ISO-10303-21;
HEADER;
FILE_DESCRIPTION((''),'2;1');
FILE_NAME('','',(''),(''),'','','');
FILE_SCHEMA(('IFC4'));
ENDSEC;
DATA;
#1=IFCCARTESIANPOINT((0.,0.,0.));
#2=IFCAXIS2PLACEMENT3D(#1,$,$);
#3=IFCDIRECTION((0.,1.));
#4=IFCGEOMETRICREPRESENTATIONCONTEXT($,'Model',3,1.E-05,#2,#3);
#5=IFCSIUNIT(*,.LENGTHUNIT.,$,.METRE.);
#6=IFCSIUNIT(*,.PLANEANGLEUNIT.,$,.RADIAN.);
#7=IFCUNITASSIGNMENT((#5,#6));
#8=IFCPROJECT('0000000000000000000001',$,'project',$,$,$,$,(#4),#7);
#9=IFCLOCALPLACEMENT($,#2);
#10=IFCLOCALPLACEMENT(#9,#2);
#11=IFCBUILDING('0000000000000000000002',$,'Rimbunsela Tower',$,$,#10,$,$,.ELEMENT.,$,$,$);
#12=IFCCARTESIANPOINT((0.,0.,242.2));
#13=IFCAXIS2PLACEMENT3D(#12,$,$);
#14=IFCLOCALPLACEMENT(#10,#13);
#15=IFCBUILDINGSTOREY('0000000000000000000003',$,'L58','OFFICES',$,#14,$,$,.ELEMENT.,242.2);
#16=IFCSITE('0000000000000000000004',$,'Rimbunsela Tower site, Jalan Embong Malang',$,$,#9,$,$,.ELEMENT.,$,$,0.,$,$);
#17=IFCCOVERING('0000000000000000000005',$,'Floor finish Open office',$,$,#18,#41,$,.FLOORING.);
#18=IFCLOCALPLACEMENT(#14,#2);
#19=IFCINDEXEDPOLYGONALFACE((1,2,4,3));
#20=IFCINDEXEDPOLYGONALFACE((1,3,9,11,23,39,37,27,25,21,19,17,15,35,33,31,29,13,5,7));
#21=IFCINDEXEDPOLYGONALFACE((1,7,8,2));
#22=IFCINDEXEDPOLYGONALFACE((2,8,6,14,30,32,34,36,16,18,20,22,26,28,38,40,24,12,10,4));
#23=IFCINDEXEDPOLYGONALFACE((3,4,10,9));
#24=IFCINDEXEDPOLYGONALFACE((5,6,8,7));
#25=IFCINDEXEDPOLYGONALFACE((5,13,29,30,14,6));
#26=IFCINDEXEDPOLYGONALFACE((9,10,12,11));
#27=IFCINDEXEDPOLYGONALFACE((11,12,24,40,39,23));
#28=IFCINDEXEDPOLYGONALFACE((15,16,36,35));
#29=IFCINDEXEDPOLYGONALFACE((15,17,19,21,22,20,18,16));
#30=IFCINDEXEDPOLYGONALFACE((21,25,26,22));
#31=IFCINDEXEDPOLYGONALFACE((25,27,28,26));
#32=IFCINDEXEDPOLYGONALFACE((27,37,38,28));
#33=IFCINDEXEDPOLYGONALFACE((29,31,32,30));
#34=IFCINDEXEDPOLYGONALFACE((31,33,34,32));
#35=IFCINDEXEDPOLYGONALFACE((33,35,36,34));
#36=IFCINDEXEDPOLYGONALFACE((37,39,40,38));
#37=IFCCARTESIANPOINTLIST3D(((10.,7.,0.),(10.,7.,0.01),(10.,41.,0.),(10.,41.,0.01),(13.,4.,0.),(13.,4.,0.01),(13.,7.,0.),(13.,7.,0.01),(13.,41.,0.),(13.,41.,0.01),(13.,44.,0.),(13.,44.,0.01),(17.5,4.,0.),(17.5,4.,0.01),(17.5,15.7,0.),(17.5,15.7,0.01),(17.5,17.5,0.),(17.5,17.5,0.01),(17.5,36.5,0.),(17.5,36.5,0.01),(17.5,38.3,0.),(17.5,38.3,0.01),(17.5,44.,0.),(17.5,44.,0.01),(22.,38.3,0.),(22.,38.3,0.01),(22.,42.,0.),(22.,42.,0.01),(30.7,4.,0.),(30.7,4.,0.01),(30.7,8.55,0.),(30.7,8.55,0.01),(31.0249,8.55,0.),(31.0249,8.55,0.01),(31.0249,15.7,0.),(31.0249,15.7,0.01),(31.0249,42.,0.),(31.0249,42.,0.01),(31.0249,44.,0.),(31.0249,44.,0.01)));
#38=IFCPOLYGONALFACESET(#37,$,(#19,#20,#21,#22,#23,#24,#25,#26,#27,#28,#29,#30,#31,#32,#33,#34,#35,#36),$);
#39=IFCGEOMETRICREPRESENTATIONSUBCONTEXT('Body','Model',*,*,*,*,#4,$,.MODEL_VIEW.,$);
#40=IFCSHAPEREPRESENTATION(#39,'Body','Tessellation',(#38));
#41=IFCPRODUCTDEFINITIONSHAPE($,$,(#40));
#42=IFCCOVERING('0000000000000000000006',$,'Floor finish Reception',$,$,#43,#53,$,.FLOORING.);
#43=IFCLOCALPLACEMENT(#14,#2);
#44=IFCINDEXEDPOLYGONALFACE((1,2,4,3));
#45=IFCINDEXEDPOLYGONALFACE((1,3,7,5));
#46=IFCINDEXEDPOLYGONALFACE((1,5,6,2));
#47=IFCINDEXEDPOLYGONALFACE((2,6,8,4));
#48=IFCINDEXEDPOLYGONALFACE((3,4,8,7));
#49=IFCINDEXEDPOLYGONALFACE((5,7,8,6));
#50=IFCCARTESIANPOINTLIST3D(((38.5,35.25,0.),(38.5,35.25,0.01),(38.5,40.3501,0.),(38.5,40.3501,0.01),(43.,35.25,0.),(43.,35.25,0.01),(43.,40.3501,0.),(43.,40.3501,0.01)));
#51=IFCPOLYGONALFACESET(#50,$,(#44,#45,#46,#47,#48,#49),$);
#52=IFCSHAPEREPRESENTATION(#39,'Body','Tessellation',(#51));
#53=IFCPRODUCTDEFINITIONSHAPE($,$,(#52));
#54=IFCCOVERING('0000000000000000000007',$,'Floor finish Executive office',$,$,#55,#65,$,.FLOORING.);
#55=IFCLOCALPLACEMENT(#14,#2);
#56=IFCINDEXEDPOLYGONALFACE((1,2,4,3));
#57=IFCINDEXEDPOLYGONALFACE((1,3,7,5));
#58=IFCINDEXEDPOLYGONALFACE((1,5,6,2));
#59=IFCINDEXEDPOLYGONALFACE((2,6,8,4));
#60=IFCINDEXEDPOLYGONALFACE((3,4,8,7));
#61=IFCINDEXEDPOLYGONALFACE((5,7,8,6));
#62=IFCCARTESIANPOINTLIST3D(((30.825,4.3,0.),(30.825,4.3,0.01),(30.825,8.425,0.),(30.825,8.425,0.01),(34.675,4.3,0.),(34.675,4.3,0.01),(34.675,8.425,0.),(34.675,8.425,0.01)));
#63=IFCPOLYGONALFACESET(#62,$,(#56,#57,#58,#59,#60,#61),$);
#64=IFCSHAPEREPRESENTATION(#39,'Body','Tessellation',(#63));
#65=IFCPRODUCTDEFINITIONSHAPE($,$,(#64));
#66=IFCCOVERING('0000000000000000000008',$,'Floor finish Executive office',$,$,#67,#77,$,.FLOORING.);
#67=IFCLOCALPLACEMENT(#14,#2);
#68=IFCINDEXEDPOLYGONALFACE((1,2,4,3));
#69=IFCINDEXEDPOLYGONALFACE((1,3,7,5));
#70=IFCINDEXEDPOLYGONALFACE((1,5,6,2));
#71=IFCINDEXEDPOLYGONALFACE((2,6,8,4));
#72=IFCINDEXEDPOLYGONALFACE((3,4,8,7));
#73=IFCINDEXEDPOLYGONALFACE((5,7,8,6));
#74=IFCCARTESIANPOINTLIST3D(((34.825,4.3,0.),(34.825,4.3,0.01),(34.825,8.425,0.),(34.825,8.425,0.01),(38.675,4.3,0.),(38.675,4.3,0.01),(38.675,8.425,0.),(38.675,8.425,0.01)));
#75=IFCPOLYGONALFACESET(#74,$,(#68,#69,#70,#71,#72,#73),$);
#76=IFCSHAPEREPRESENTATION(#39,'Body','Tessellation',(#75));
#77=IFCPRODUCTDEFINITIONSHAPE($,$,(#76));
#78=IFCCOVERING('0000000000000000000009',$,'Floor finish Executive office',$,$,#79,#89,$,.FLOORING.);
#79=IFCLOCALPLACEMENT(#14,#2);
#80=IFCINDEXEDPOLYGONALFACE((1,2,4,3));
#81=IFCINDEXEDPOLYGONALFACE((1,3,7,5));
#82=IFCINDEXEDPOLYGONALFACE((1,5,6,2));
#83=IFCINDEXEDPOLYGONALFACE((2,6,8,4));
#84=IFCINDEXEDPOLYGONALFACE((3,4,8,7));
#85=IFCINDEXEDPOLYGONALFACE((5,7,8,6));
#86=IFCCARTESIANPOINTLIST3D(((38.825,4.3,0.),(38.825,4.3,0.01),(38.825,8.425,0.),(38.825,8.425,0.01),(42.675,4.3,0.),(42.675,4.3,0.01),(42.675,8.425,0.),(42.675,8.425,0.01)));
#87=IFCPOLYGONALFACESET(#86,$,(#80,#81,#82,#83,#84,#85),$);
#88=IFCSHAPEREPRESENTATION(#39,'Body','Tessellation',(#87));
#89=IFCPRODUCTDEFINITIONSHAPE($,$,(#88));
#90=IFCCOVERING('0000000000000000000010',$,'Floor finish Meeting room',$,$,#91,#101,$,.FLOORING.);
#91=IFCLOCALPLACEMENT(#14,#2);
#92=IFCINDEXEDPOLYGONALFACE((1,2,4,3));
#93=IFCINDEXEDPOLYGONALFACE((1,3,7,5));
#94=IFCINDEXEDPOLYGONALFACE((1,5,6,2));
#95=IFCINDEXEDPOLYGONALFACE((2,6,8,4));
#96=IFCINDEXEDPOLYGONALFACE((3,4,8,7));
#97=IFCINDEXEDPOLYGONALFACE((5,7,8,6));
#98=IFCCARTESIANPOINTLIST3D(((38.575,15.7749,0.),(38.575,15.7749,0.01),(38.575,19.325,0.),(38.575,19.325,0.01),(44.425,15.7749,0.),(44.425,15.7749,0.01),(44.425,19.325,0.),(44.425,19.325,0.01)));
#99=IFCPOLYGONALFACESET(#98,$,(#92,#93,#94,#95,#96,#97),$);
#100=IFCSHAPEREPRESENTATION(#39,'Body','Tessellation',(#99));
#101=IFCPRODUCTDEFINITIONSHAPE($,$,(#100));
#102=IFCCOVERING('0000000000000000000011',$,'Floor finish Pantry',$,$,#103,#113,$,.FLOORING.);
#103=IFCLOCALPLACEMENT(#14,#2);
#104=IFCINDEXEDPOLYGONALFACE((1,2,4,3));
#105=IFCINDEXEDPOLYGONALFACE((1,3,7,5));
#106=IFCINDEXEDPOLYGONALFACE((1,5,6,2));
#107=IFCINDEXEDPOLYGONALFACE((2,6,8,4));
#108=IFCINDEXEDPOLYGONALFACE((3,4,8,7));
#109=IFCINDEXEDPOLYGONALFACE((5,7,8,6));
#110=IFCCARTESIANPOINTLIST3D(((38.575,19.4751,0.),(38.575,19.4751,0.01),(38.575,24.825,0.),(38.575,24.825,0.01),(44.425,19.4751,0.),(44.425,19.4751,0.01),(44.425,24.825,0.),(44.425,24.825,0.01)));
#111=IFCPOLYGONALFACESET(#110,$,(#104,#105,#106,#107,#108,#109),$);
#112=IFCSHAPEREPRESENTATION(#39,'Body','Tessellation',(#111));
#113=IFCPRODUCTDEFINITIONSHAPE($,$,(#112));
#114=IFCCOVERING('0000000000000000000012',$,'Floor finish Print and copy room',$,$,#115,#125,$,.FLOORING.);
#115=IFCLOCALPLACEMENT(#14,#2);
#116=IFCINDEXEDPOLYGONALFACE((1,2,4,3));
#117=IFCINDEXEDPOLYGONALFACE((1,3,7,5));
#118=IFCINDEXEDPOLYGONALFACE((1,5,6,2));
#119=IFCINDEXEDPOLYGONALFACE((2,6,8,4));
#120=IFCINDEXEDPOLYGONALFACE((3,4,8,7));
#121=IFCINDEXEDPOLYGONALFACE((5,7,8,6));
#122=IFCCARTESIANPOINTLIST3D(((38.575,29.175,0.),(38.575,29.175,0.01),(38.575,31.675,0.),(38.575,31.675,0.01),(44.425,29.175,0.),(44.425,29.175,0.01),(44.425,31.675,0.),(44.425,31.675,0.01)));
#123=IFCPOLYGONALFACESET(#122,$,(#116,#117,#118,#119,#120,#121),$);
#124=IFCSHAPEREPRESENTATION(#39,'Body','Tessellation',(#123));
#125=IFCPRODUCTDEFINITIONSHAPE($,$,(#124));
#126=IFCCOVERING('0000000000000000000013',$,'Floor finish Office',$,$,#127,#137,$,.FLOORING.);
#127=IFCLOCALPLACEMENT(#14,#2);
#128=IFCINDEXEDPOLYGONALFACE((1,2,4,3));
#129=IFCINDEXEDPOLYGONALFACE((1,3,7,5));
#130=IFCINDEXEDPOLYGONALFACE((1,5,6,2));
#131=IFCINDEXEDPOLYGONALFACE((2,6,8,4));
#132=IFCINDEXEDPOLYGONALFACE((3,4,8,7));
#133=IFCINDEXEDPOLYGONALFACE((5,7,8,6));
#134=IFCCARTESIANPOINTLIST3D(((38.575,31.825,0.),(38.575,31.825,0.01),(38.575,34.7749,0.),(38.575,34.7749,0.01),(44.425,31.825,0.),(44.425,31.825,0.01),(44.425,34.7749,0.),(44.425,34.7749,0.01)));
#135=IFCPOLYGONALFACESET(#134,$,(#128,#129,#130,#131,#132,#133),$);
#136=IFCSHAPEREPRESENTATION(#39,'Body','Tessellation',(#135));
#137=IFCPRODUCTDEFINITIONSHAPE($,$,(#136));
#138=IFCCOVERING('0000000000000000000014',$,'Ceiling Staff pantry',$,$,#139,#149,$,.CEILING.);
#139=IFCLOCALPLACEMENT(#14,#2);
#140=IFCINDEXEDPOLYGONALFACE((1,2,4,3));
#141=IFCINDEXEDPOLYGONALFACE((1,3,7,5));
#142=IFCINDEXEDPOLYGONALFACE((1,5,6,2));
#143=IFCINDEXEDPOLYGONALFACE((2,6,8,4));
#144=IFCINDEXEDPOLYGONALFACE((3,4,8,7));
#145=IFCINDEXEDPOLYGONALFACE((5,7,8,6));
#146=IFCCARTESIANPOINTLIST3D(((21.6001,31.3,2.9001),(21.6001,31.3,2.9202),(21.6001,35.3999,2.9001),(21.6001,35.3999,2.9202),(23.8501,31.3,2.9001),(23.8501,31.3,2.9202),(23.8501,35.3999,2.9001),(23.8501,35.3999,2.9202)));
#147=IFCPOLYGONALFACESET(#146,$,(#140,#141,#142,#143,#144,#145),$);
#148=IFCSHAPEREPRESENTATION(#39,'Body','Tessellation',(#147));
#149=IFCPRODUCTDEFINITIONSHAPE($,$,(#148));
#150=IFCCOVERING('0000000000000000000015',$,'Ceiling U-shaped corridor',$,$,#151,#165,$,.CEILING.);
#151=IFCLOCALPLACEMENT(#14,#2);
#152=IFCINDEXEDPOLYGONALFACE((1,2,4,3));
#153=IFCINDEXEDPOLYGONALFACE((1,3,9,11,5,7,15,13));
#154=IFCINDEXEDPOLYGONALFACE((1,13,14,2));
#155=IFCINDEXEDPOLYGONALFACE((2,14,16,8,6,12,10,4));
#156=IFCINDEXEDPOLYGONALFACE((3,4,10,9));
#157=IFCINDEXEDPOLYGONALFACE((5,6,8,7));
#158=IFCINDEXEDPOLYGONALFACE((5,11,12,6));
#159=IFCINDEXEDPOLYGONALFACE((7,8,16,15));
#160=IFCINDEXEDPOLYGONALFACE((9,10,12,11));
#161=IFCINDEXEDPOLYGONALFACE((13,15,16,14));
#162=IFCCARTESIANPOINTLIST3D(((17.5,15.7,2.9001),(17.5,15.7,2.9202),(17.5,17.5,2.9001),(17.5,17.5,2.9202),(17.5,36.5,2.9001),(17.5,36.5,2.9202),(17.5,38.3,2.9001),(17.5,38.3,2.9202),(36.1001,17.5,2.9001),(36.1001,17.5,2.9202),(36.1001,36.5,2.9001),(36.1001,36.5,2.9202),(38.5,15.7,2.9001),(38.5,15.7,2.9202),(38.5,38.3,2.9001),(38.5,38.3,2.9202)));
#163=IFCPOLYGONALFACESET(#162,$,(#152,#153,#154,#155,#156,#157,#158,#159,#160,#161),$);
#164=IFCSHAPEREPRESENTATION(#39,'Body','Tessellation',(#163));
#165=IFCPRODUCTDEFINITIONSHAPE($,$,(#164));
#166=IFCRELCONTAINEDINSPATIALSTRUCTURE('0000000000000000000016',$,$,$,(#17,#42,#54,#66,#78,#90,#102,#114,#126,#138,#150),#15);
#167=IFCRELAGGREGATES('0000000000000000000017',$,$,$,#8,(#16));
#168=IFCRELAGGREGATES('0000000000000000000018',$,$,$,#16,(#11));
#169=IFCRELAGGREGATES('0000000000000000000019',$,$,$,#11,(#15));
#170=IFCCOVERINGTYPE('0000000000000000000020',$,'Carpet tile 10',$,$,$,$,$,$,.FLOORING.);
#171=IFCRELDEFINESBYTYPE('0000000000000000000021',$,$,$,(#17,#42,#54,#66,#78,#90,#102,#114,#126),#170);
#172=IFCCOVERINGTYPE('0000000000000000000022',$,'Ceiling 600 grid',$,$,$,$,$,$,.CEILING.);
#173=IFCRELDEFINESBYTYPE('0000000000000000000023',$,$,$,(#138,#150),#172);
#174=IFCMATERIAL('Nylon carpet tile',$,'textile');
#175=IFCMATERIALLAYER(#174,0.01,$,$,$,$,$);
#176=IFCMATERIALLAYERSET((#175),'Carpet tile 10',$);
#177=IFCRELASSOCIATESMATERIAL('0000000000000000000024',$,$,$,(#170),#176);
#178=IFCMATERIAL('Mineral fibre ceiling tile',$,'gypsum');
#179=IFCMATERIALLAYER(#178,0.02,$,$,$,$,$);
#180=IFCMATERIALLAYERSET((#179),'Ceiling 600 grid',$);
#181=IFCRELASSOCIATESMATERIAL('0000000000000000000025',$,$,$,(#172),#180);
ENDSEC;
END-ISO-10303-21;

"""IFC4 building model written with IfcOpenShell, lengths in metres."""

from ifc_helpers import new_model, si_unit, direction, frame, origin, place, context, subcontext, project, spatial, polyline, outline, extrude, material, layer, layer_set, type_object, element, save


model = new_model("IFC4")

# Units and contexts
model_context = context("Model", 3, precision=1e-05, world=origin(), true_north=direction((0.0, 1.0)))
body_context = subcontext(model_context, "Body", "Model", "MODEL_VIEW")
ifc_project = project(units=[si_unit("LENGTHUNIT", "METRE"), si_unit("PLANEANGLEUNIT", "RADIAN")], contexts=[model_context])

# Site, building, storey
site_placement = place(None, origin())
site = spatial("IfcSite", under=ifc_project, at=site_placement, Name="Rimbunsela Tower site, Jalan Embong Malang", CompositionType="ELEMENT", RefElevation=0.0)
building_placement = place(site_placement, origin())
building = spatial("IfcBuilding", under=site, at=building_placement, Name="Rimbunsela Tower", CompositionType="ELEMENT")
storey_placement = place(building_placement, frame((0.0, 0.0, 242.2)))
storey = spatial("IfcBuildingStorey", under=building, at=storey_placement, Name="L58", Description="OFFICES", CompositionType="ELEMENT", Elevation=242.2)

# Coverings
ifc_material_1 = material(Name="Nylon carpet tile", Category="textile")
ifc_layer_1 = layer(ifc_material_1, 0.01)
ifc_layer_set_1 = layer_set([ifc_layer_1], Name="Carpet tile 10")
covering_type_1 = type_object("IfcCoveringType", Name="Carpet tile 10", PredefinedType="FLOORING", material=ifc_layer_set_1)
covering_1_placement = place(storey_placement, origin())
element("IfcCovering", 1, at=covering_1_placement, inside=storey, type_object=covering_type_1, Name="Floor finish Open office", PredefinedType="FLOORING", context=body_context, shape_type="SweptSolid", body=[
    extrude(outline(polyline([(30.7, 4.0), (17.5, 4.0), (13.0, 4.0), (13.0, 7.0), (10.0, 7.0), (10.0, 41.0), (13.0, 41.0), (13.0, 44.0), (17.5, 44.0), (31.0249, 44.0), (31.0249, 42.0), (22.0, 42.0), (22.0, 38.3), (17.5, 38.3), (17.5, 36.5), (17.5, 17.5), (17.5, 15.7), (31.0249, 15.7), (31.0249, 8.55), (30.7, 8.55), (30.7, 4.0)])), origin(), (0.0, 0.0, 1.0), 0.01),
])
covering_2_placement = place(storey_placement, origin())
element("IfcCovering", 2, at=covering_2_placement, inside=storey, type_object=covering_type_1, Name="Floor finish Reception", PredefinedType="FLOORING", context=body_context, shape_type="SweptSolid", body=[
    extrude(outline(polyline([(43.0, 35.25), (43.0, 40.3501), (38.5, 40.3501), (38.5, 35.25), (43.0, 35.25)])), origin(), (0.0, 0.0, 1.0), 0.01),
])
covering_3_placement = place(storey_placement, origin())
element("IfcCovering", 3, at=covering_3_placement, inside=storey, type_object=covering_type_1, Name="Floor finish Executive office", PredefinedType="FLOORING", context=body_context, shape_type="SweptSolid", body=[
    extrude(outline(polyline([(34.675, 4.3), (34.675, 8.425), (30.825, 8.425), (30.825, 4.3), (34.675, 4.3)])), origin(), (0.0, 0.0, 1.0), 0.01),
])
covering_4_placement = place(storey_placement, origin())
element("IfcCovering", 4, at=covering_4_placement, inside=storey, type_object=covering_type_1, Name="Floor finish Executive office", PredefinedType="FLOORING", context=body_context, shape_type="SweptSolid", body=[
    extrude(outline(polyline([(38.675, 4.3), (38.675, 8.425), (34.825, 8.425), (34.825, 4.3), (38.675, 4.3)])), origin(), (0.0, 0.0, 1.0), 0.01),
])
covering_5_placement = place(storey_placement, origin())
element("IfcCovering", 5, at=covering_5_placement, inside=storey, type_object=covering_type_1, Name="Floor finish Executive office", PredefinedType="FLOORING", context=body_context, shape_type="SweptSolid", body=[
    extrude(outline(polyline([(42.675, 4.3), (42.675, 8.425), (38.825, 8.425), (38.825, 4.3), (42.675, 4.3)])), origin(), (0.0, 0.0, 1.0), 0.01),
])
covering_6_placement = place(storey_placement, origin())
element("IfcCovering", 6, at=covering_6_placement, inside=storey, type_object=covering_type_1, Name="Floor finish Meeting room", PredefinedType="FLOORING", context=body_context, shape_type="SweptSolid", body=[
    extrude(outline(polyline([(44.425, 15.7749), (44.425, 19.325), (38.575, 19.325), (38.575, 15.7749), (44.425, 15.7749)])), origin(), (0.0, 0.0, 1.0), 0.01),
])
covering_7_placement = place(storey_placement, origin())
element("IfcCovering", 7, at=covering_7_placement, inside=storey, type_object=covering_type_1, Name="Floor finish Pantry", PredefinedType="FLOORING", context=body_context, shape_type="SweptSolid", body=[
    extrude(outline(polyline([(44.425, 19.4751), (44.425, 24.825), (38.575, 24.825), (38.575, 19.4751), (44.425, 19.4751)])), origin(), (0.0, 0.0, 1.0), 0.01),
])
covering_8_placement = place(storey_placement, origin())
element("IfcCovering", 8, at=covering_8_placement, inside=storey, type_object=covering_type_1, Name="Floor finish Print and copy room", PredefinedType="FLOORING", context=body_context, shape_type="SweptSolid", body=[
    extrude(outline(polyline([(44.425, 29.175), (44.425, 31.675), (38.575, 31.675), (38.575, 29.175), (44.425, 29.175)])), origin(), (0.0, 0.0, 1.0), 0.01),
])
covering_9_placement = place(storey_placement, origin())
element("IfcCovering", 9, at=covering_9_placement, inside=storey, type_object=covering_type_1, Name="Floor finish Office", PredefinedType="FLOORING", context=body_context, shape_type="SweptSolid", body=[
    extrude(outline(polyline([(44.425, 31.825), (44.425, 34.7749), (38.575, 34.7749), (38.575, 31.825), (44.425, 31.825)])), origin(), (0.0, 0.0, 1.0), 0.01),
])
ifc_material_2 = material(Name="Mineral fibre ceiling tile", Category="gypsum")
ifc_layer_2 = layer(ifc_material_2, 0.02)
ifc_layer_set_2 = layer_set([ifc_layer_2], Name="Ceiling 600 grid")
covering_type_2 = type_object("IfcCoveringType", Name="Ceiling 600 grid", PredefinedType="CEILING", material=ifc_layer_set_2)
covering_10_placement = place(storey_placement, frame((0.0, 0.0, 2.9001)))
element("IfcCovering", 10, at=covering_10_placement, inside=storey, type_object=covering_type_2, Name="Ceiling Staff pantry", PredefinedType="CEILING", context=body_context, shape_type="SweptSolid", body=[
    extrude(outline(polyline([(23.8501, 31.3), (23.8501, 35.3999), (21.6001, 35.3999), (21.6001, 31.3), (23.8501, 31.3)])), origin(), (0.0, 0.0, 1.0), 0.02),
])
covering_11_placement = place(storey_placement, frame((0.0, 0.0, 2.9001)))
element("IfcCovering", 11, at=covering_11_placement, inside=storey, type_object=covering_type_2, Name="Ceiling U-shaped corridor", PredefinedType="CEILING", context=body_context, shape_type="SweptSolid", body=[
    extrude(outline(polyline([(38.5, 38.3), (38.5, 15.7), (17.5, 15.7), (17.5, 17.5), (36.1001, 17.5), (36.1001, 36.5), (17.5, 36.5), (17.5, 38.3), (38.5, 38.3)])), origin(), (0.0, 0.0, 1.0), 0.02),
])

save(model, "model.ifc")
